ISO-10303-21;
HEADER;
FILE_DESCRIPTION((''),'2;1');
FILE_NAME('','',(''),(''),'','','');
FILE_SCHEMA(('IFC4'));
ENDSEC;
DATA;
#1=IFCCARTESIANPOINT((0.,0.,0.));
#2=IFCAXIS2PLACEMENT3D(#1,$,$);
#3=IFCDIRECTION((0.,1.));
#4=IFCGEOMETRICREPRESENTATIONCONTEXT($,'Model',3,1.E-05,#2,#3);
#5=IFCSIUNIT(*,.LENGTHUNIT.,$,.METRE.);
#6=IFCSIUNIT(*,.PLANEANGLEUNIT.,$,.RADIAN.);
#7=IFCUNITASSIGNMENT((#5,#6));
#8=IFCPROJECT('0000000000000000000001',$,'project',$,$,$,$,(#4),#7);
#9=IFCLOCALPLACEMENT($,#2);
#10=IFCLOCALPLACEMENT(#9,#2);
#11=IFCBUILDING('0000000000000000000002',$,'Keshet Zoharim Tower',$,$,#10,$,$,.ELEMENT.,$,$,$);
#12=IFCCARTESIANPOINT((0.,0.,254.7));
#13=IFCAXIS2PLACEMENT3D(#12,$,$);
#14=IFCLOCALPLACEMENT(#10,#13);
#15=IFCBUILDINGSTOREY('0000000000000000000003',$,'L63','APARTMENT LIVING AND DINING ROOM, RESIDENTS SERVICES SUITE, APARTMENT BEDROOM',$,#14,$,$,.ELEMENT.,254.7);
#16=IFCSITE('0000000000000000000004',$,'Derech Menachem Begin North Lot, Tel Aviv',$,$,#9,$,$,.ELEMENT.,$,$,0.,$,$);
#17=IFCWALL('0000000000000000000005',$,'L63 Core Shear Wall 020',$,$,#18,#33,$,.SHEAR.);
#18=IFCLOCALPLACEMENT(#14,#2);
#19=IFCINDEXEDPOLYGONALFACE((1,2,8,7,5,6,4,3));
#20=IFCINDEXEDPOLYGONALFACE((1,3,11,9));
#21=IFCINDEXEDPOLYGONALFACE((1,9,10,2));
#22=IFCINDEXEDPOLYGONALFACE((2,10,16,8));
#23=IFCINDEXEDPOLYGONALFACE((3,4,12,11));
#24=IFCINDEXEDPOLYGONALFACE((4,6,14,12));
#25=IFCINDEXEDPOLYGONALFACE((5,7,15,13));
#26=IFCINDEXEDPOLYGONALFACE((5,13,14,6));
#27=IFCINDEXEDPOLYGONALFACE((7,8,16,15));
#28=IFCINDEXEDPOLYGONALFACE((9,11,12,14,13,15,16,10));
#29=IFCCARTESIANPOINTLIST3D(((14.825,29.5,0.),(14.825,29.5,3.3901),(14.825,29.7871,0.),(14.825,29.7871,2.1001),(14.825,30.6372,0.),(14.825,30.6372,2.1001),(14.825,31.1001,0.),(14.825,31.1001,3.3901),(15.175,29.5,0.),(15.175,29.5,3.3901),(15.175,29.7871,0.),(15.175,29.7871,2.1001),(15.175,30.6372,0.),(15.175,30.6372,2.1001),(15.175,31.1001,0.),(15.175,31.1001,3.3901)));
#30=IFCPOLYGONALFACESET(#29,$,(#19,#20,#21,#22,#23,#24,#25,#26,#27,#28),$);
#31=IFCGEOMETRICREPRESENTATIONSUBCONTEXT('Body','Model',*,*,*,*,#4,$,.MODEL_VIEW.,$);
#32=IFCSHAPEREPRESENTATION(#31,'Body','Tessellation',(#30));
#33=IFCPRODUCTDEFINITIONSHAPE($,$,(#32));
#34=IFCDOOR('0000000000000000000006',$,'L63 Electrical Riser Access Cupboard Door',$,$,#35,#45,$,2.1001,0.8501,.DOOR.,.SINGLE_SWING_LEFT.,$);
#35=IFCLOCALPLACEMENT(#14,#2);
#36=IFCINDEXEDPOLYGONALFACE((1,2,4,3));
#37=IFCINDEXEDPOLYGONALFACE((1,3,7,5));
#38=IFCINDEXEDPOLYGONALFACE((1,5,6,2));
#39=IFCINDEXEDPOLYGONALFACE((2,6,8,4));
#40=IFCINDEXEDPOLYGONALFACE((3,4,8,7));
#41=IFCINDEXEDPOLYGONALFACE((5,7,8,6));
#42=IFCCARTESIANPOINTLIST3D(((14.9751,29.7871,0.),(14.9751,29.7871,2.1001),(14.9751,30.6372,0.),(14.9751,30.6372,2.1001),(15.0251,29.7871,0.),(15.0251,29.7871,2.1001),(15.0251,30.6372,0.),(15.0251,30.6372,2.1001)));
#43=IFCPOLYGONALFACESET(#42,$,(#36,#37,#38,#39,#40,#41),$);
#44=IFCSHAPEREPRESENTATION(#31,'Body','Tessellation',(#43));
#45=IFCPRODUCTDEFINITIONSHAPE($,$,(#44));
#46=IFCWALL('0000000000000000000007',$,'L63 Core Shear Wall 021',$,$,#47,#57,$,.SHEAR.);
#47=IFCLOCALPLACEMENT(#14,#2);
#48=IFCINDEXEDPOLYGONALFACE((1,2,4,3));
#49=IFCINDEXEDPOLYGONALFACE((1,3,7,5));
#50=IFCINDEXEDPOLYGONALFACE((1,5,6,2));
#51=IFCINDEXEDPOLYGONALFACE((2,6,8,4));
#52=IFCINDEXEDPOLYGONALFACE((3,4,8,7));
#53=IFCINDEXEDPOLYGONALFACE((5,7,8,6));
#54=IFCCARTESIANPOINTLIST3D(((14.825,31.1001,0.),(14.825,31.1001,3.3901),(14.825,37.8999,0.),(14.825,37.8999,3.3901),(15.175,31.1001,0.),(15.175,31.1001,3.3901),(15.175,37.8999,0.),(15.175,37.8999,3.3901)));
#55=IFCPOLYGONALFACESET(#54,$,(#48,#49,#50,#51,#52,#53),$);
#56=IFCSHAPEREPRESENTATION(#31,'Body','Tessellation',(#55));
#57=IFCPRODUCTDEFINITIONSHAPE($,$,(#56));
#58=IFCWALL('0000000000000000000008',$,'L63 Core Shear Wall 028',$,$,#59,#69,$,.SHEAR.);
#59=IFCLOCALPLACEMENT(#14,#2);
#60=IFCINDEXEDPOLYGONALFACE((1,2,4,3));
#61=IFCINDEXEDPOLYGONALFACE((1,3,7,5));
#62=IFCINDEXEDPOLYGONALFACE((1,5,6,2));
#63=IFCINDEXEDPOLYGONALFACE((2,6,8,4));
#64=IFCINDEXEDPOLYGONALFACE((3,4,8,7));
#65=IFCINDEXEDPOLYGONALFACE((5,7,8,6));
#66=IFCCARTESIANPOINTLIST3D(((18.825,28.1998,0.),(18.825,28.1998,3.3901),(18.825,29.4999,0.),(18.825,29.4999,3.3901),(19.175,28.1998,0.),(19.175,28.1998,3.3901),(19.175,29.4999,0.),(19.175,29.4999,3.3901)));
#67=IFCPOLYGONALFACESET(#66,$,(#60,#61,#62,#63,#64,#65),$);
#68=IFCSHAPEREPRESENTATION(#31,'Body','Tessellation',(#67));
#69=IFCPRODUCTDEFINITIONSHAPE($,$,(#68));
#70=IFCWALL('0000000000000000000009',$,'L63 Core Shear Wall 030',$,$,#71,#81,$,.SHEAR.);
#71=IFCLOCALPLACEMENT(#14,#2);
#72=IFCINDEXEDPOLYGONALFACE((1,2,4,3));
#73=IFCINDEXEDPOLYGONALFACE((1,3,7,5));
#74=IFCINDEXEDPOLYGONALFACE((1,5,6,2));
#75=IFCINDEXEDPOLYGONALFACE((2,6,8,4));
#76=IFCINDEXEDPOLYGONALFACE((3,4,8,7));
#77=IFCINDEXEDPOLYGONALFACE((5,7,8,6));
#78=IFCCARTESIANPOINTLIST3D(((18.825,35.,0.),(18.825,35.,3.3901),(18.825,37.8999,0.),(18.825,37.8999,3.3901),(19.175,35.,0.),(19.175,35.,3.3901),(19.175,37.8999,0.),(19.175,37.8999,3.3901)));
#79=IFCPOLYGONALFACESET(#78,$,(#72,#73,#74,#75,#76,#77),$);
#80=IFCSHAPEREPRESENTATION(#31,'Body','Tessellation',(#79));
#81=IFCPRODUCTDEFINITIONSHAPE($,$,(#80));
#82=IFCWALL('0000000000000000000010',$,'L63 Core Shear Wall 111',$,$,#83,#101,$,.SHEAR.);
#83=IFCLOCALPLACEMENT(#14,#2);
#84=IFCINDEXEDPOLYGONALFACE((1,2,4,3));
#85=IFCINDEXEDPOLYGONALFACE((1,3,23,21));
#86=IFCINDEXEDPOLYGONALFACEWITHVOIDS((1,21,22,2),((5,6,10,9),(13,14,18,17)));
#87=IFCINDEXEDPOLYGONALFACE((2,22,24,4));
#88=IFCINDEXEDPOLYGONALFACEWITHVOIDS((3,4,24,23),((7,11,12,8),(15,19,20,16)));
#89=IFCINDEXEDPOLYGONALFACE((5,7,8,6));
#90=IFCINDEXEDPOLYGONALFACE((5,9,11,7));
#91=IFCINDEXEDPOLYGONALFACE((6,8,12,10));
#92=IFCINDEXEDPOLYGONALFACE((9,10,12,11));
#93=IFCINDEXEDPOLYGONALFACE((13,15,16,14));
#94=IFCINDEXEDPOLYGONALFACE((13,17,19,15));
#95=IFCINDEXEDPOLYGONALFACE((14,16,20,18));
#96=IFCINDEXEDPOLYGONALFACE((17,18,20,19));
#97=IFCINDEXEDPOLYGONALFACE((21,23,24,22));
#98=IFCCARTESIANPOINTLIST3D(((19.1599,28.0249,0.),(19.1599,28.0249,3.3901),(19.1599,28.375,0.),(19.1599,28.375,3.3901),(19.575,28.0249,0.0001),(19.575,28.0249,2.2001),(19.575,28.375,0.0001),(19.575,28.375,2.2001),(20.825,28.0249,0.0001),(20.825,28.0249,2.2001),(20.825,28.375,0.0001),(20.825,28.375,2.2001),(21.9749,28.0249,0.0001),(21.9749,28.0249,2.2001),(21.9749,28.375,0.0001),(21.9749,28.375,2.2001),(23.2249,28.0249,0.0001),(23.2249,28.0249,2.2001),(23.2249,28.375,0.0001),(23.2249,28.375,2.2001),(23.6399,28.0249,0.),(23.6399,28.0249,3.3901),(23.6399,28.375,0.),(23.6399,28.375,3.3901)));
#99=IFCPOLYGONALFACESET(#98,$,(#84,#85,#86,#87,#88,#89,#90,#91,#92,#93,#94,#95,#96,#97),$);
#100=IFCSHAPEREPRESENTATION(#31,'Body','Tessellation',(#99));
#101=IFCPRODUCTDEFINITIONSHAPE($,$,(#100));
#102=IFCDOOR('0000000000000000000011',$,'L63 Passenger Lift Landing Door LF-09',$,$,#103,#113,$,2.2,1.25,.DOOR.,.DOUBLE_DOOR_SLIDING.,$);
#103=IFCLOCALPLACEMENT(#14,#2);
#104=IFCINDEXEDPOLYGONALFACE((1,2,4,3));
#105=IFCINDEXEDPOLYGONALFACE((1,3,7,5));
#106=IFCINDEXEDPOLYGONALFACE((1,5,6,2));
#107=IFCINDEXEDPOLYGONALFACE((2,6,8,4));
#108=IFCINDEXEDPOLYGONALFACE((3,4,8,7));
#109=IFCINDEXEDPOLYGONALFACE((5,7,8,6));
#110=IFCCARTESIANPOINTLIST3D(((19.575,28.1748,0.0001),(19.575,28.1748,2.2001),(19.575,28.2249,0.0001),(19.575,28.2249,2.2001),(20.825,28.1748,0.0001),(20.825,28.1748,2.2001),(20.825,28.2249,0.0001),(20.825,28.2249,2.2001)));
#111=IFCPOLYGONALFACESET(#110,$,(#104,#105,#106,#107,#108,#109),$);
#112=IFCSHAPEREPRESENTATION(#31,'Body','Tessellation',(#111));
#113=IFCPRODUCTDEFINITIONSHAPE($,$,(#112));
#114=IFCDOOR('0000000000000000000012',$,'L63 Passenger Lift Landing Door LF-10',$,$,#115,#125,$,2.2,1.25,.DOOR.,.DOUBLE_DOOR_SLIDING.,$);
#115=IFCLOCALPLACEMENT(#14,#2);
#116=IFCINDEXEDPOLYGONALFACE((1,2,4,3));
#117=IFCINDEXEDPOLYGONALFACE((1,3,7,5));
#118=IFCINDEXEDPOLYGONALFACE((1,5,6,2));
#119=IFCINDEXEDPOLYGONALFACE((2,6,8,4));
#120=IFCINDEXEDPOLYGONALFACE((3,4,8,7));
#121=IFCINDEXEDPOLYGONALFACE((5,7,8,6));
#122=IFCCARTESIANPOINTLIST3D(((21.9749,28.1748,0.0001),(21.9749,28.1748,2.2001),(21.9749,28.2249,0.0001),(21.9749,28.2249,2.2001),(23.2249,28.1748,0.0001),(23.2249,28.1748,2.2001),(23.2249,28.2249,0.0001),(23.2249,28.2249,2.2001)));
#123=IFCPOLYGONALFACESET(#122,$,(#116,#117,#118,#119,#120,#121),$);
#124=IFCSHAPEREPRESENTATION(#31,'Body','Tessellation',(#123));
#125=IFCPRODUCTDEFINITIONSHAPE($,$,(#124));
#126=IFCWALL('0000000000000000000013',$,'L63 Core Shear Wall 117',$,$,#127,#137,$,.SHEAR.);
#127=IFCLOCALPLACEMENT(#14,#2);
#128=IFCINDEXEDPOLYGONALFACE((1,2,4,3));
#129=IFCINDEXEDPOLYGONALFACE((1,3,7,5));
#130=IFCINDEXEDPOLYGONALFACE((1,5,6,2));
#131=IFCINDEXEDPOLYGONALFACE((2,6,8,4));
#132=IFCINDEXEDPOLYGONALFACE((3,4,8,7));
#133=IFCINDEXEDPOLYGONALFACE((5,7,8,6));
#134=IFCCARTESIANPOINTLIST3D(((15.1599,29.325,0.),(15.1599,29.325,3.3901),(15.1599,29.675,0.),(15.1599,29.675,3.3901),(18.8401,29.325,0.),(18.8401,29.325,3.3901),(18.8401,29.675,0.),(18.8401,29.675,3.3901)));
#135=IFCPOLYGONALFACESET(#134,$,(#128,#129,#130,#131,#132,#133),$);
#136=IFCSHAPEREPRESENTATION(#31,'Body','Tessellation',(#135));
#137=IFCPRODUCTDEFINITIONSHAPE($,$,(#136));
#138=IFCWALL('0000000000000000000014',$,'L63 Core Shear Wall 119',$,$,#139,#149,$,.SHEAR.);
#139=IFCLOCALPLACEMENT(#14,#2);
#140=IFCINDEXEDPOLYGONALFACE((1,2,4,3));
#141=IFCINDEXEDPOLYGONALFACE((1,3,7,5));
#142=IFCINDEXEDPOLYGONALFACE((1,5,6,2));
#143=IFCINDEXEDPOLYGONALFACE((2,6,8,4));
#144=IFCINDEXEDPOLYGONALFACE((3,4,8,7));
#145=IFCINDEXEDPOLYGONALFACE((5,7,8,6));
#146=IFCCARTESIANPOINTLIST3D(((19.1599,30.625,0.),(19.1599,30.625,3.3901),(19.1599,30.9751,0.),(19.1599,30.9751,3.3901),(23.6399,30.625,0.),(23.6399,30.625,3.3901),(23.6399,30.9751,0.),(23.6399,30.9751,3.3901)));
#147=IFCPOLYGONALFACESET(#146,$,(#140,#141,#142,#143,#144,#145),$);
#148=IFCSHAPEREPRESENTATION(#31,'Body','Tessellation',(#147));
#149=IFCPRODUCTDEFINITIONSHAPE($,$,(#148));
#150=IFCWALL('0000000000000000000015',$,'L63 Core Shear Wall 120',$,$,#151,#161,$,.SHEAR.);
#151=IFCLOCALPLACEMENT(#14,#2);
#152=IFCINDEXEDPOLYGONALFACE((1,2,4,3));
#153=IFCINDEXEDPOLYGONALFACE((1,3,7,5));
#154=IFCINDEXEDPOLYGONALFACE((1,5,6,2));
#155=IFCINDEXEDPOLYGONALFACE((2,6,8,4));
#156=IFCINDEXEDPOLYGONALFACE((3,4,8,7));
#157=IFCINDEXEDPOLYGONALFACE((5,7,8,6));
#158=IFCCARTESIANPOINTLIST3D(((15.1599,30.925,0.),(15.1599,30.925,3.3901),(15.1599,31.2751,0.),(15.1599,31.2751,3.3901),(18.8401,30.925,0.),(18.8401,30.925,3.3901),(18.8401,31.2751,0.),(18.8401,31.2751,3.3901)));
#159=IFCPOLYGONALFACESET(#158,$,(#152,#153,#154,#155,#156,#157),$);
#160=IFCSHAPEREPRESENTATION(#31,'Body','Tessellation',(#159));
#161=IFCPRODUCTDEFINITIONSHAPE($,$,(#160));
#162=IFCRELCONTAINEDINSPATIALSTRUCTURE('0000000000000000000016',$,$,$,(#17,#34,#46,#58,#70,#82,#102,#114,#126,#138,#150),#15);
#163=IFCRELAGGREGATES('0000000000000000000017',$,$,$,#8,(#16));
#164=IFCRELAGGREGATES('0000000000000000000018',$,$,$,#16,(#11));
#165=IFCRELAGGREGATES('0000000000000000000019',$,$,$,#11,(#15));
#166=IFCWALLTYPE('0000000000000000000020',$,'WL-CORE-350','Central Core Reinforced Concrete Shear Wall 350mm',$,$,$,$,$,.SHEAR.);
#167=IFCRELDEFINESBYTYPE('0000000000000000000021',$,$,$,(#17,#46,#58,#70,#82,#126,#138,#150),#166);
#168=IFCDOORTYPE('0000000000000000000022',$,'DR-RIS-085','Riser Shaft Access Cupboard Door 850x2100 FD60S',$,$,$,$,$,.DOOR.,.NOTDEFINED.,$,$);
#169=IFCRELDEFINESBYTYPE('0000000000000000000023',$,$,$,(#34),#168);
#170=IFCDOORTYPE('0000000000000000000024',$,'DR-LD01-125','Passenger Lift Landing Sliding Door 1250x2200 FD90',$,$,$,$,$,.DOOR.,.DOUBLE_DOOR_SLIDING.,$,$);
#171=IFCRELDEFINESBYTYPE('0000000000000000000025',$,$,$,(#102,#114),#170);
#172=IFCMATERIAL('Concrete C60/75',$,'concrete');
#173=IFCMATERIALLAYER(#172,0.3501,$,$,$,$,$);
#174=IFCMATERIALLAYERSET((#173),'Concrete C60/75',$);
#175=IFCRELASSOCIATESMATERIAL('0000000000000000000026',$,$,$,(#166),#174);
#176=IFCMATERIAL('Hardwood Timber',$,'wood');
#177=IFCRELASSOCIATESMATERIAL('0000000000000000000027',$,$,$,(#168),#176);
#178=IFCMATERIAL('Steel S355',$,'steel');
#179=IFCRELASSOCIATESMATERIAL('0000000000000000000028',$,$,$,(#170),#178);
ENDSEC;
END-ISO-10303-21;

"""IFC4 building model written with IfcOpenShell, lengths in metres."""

from ifc_helpers import new_model, si_unit, direction, frame, frame_2d, origin, place, context, subcontext, project, spatial, rectangle, extrude, material, layer, layer_set, type_object, element, fill, save


model = new_model("IFC4")

# Units and contexts
model_context = context("Model", 3, precision=1e-05, world=origin(), true_north=direction((0.0, 1.0)))
body_context = subcontext(model_context, "Body", "Model", "MODEL_VIEW")
ifc_project = project(units=[si_unit("LENGTHUNIT", "METRE"), si_unit("PLANEANGLEUNIT", "RADIAN")], contexts=[model_context])

# Site, building, storey
site_placement = place(None, origin())
site = spatial("IfcSite", under=ifc_project, at=site_placement, Name="Derech Menachem Begin North Lot, Tel Aviv", CompositionType="ELEMENT", RefElevation=0.0)
building_placement = place(site_placement, origin())
building = spatial("IfcBuilding", under=site, at=building_placement, Name="Keshet Zoharim Tower", CompositionType="ELEMENT")
storey_placement = place(building_placement, frame((0.0, 0.0, 254.7)))
storey = spatial("IfcBuildingStorey", under=building, at=storey_placement, Name="L63", Description="APARTMENT LIVING AND DINING ROOM, RESIDENTS SERVICES SUITE, APARTMENT BEDROOM", CompositionType="ELEMENT", Elevation=254.7)

# Wall, opening, door
ifc_material_1 = material(Name="Concrete C60/75", Category="concrete")
ifc_layer_1 = layer(ifc_material_1, 0.3501)
ifc_layer_set_1 = layer_set([ifc_layer_1], Name="Concrete C60/75")
wall_type_1 = type_object("IfcWallType", Name="WL-CORE-350", Description="Central Core Reinforced Concrete Shear Wall 350mm", PredefinedType="SHEAR", material=ifc_layer_set_1)
wall_1_placement = place(storey_placement, frame((15.0, 29.5, 0.0), z_axis=(0.0, 0.0, 1.0), x_axis=(0.0, 1.0, 0.0)))
wall_1 = element("IfcWall", 1, at=wall_1_placement, inside=storey, type_object=wall_type_1, Name="L63 Core Shear Wall 020", PredefinedType="SHEAR", context=body_context, shape_type="SweptSolid", body=[
    extrude(rectangle(XDim=1.6001, YDim=0.3501, at=frame_2d((0.8, 0.0))), origin(), (0.0, 0.0, 1.0), 3.3901),
])
opening_1_placement = place(wall_1_placement, frame((0.2871, 0.0, 0.0)))
opening_1 = element("IfcOpeningElement", 2, at=opening_1_placement, cuts=wall_1, PredefinedType="OPENING", context=body_context, shape_type="SweptSolid", body=[
    extrude(rectangle(XDim=0.8501, YDim=2.1001, at=frame_2d((0.425, 1.05))), frame((0.0, 0.1851, 0.0), z_axis=(0.0, -1.0, 0.0), x_axis=(1.0, 0.0, 0.0)), (0.0, 0.0, 1.0), 0.3701),
])
ifc_material_2 = material(Name="Hardwood Timber", Category="wood")
door_type_1 = type_object("IfcDoorType", Name="DR-RIS-085", Description="Riser Shaft Access Cupboard Door 850x2100 FD60S", OperationType="NOTDEFINED", PredefinedType="DOOR", material=ifc_material_2)
door_1_placement = place(opening_1_placement, origin())
door_1 = element("IfcDoor", 3, at=door_1_placement, inside=storey, type_object=door_type_1, Name="L63 Electrical Riser Access Cupboard Door", OperationType="SINGLE_SWING_LEFT", OverallHeight=2.1001, OverallWidth=0.8501, PredefinedType="DOOR", context=body_context, shape_type="SweptSolid", body=[
    extrude(rectangle(XDim=0.8501, YDim=2.1001, at=frame_2d((0.425, 1.05))), frame((0.0, 0.0249, 0.0), z_axis=(0.0, -1.0, 0.0), x_axis=(1.0, 0.0, 0.0)), (0.0, 0.0, 1.0), 0.05),
])
fill(opening_1, door_1)

# Walls
wall_2_placement = place(storey_placement, frame((15.0, 31.1001, 0.0), z_axis=(0.0, 0.0, 1.0), x_axis=(0.0, 1.0, 0.0)))
element("IfcWall", 4, at=wall_2_placement, inside=storey, type_object=wall_type_1, Name="L63 Core Shear Wall 021", PredefinedType="SHEAR", context=body_context, shape_type="SweptSolid", body=[
    extrude(rectangle(XDim=6.7998, YDim=0.3501, at=frame_2d((3.3999, 0.0))), origin(), (0.0, 0.0, 1.0), 3.3901),
])
wall_3_placement = place(storey_placement, frame((19.0, 28.2, 0.0), z_axis=(0.0, 0.0, 1.0), x_axis=(0.0, 1.0, 0.0)))
element("IfcWall", 5, at=wall_3_placement, inside=storey, type_object=wall_type_1, Name="L63 Core Shear Wall 028", PredefinedType="SHEAR", context=body_context, shape_type="SweptSolid", body=[
    extrude(rectangle(XDim=1.3, YDim=0.3501, at=frame_2d((0.6499, 0.0))), origin(), (0.0, 0.0, 1.0), 3.3901),
])

# Wall
wall_4_placement = place(storey_placement, frame((19.0, 35.0, 0.0), z_axis=(0.0, 0.0, 1.0), x_axis=(0.0, 1.0, 0.0)))
element("IfcWall", 6, at=wall_4_placement, inside=storey, type_object=wall_type_1, Name="L63 Core Shear Wall 030", PredefinedType="SHEAR", context=body_context, shape_type="SweptSolid", body=[
    extrude(rectangle(XDim=2.8999, YDim=0.3501, at=frame_2d((1.45, 0.0))), origin(), (0.0, 0.0, 1.0), 3.3901),
])

# Wall, openings, doors
wall_5_placement = place(storey_placement, frame((19.1599, 28.2, 0.0), z_axis=(0.0, 0.0, 1.0), x_axis=(1.0, 0.0, 0.0)))
wall_5 = element("IfcWall", 7, at=wall_5_placement, inside=storey, type_object=wall_type_1, Name="L63 Core Shear Wall 111", PredefinedType="SHEAR", context=body_context, shape_type="SweptSolid", body=[
    extrude(rectangle(XDim=4.48, YDim=0.3501, at=frame_2d((2.24, 0.0))), origin(), (0.0, 0.0, 1.0), 3.3901),
])
opening_2_placement = place(wall_5_placement, frame((0.415, 0.0, 0.0)))
opening_2 = element("IfcOpeningElement", 8, at=opening_2_placement, cuts=wall_5, PredefinedType="OPENING", context=body_context, shape_type="SweptSolid", body=[
    extrude(rectangle(XDim=1.25, YDim=2.2, at=frame_2d((0.625, 1.1001))), frame((0.0, 0.1851, 0.0), z_axis=(0.0, -1.0, 0.0), x_axis=(1.0, 0.0, 0.0)), (0.0, 0.0, 1.0), 0.3701),
])
opening_3_placement = place(wall_5_placement, frame((2.8149, 0.0, 0.0)))
opening_3 = element("IfcOpeningElement", 9, at=opening_3_placement, cuts=wall_5, PredefinedType="OPENING", context=body_context, shape_type="SweptSolid", body=[
    extrude(rectangle(XDim=1.25, YDim=2.2, at=frame_2d((0.625, 1.1001))), frame((0.0, 0.1851, 0.0), z_axis=(0.0, -1.0, 0.0), x_axis=(1.0, 0.0, 0.0)), (0.0, 0.0, 1.0), 0.3701),
])
ifc_material_3 = material(Name="Steel S355", Category="steel")
door_type_2 = type_object("IfcDoorType", Name="DR-LD01-125", Description="Passenger Lift Landing Sliding Door 1250x2200 FD90", OperationType="DOUBLE_DOOR_SLIDING", PredefinedType="DOOR", material=ifc_material_3)
door_2_placement = place(opening_2_placement, origin())
door_2 = element("IfcDoor", 10, at=door_2_placement, inside=storey, type_object=door_type_2, Name="L63 Passenger Lift Landing Door LF-09", OperationType="DOUBLE_DOOR_SLIDING", OverallHeight=2.2, OverallWidth=1.25, PredefinedType="DOOR", context=body_context, shape_type="SweptSolid", body=[
    extrude(rectangle(XDim=1.25, YDim=2.2, at=frame_2d((0.625, 1.1001))), frame((0.0, 0.0249, 0.0), z_axis=(0.0, -1.0, 0.0), x_axis=(1.0, 0.0, 0.0)), (0.0, 0.0, 1.0), 0.05),
])
fill(opening_2, door_2)
door_3_placement = place(opening_3_placement, origin())
door_3 = element("IfcDoor", 11, at=door_3_placement, inside=storey, type_object=door_type_2, Name="L63 Passenger Lift Landing Door LF-10", OperationType="DOUBLE_DOOR_SLIDING", OverallHeight=2.2, OverallWidth=1.25, PredefinedType="DOOR", context=body_context, shape_type="SweptSolid", body=[
    extrude(rectangle(XDim=1.25, YDim=2.2, at=frame_2d((0.625, 1.1001))), frame((0.0, 0.0249, 0.0), z_axis=(0.0, -1.0, 0.0), x_axis=(1.0, 0.0, 0.0)), (0.0, 0.0, 1.0), 0.05),
])
fill(opening_3, door_3)

# Walls
wall_6_placement = place(storey_placement, frame((15.1599, 29.5, 0.0), z_axis=(0.0, 0.0, 1.0), x_axis=(1.0, 0.0, 0.0)))
element("IfcWall", 12, at=wall_6_placement, inside=storey, type_object=wall_type_1, Name="L63 Core Shear Wall 117", PredefinedType="SHEAR", context=body_context, shape_type="SweptSolid", body=[
    extrude(rectangle(XDim=3.6802, YDim=0.3501, at=frame_2d((1.8401, 0.0))), origin(), (0.0, 0.0, 1.0), 3.3901),
])
wall_7_placement = place(storey_placement, frame((19.1599, 30.8, 0.0), z_axis=(0.0, 0.0, 1.0), x_axis=(1.0, 0.0, 0.0)))
element("IfcWall", 13, at=wall_7_placement, inside=storey, type_object=wall_type_1, Name="L63 Core Shear Wall 119", PredefinedType="SHEAR", context=body_context, shape_type="SweptSolid", body=[
    extrude(rectangle(XDim=4.48, YDim=0.3501, at=frame_2d((2.24, 0.0))), origin(), (0.0, 0.0, 1.0), 3.3901),
])
wall_8_placement = place(storey_placement, frame((15.1599, 31.1001, 0.0), z_axis=(0.0, 0.0, 1.0), x_axis=(1.0, 0.0, 0.0)))
element("IfcWall", 14, at=wall_8_placement, inside=storey, type_object=wall_type_1, Name="L63 Core Shear Wall 120", PredefinedType="SHEAR", context=body_context, shape_type="SweptSolid", body=[
    extrude(rectangle(XDim=3.6802, YDim=0.3501, at=frame_2d((1.8401, 0.0))), origin(), (0.0, 0.0, 1.0), 3.3901),
])

save(model, "model.ifc")
